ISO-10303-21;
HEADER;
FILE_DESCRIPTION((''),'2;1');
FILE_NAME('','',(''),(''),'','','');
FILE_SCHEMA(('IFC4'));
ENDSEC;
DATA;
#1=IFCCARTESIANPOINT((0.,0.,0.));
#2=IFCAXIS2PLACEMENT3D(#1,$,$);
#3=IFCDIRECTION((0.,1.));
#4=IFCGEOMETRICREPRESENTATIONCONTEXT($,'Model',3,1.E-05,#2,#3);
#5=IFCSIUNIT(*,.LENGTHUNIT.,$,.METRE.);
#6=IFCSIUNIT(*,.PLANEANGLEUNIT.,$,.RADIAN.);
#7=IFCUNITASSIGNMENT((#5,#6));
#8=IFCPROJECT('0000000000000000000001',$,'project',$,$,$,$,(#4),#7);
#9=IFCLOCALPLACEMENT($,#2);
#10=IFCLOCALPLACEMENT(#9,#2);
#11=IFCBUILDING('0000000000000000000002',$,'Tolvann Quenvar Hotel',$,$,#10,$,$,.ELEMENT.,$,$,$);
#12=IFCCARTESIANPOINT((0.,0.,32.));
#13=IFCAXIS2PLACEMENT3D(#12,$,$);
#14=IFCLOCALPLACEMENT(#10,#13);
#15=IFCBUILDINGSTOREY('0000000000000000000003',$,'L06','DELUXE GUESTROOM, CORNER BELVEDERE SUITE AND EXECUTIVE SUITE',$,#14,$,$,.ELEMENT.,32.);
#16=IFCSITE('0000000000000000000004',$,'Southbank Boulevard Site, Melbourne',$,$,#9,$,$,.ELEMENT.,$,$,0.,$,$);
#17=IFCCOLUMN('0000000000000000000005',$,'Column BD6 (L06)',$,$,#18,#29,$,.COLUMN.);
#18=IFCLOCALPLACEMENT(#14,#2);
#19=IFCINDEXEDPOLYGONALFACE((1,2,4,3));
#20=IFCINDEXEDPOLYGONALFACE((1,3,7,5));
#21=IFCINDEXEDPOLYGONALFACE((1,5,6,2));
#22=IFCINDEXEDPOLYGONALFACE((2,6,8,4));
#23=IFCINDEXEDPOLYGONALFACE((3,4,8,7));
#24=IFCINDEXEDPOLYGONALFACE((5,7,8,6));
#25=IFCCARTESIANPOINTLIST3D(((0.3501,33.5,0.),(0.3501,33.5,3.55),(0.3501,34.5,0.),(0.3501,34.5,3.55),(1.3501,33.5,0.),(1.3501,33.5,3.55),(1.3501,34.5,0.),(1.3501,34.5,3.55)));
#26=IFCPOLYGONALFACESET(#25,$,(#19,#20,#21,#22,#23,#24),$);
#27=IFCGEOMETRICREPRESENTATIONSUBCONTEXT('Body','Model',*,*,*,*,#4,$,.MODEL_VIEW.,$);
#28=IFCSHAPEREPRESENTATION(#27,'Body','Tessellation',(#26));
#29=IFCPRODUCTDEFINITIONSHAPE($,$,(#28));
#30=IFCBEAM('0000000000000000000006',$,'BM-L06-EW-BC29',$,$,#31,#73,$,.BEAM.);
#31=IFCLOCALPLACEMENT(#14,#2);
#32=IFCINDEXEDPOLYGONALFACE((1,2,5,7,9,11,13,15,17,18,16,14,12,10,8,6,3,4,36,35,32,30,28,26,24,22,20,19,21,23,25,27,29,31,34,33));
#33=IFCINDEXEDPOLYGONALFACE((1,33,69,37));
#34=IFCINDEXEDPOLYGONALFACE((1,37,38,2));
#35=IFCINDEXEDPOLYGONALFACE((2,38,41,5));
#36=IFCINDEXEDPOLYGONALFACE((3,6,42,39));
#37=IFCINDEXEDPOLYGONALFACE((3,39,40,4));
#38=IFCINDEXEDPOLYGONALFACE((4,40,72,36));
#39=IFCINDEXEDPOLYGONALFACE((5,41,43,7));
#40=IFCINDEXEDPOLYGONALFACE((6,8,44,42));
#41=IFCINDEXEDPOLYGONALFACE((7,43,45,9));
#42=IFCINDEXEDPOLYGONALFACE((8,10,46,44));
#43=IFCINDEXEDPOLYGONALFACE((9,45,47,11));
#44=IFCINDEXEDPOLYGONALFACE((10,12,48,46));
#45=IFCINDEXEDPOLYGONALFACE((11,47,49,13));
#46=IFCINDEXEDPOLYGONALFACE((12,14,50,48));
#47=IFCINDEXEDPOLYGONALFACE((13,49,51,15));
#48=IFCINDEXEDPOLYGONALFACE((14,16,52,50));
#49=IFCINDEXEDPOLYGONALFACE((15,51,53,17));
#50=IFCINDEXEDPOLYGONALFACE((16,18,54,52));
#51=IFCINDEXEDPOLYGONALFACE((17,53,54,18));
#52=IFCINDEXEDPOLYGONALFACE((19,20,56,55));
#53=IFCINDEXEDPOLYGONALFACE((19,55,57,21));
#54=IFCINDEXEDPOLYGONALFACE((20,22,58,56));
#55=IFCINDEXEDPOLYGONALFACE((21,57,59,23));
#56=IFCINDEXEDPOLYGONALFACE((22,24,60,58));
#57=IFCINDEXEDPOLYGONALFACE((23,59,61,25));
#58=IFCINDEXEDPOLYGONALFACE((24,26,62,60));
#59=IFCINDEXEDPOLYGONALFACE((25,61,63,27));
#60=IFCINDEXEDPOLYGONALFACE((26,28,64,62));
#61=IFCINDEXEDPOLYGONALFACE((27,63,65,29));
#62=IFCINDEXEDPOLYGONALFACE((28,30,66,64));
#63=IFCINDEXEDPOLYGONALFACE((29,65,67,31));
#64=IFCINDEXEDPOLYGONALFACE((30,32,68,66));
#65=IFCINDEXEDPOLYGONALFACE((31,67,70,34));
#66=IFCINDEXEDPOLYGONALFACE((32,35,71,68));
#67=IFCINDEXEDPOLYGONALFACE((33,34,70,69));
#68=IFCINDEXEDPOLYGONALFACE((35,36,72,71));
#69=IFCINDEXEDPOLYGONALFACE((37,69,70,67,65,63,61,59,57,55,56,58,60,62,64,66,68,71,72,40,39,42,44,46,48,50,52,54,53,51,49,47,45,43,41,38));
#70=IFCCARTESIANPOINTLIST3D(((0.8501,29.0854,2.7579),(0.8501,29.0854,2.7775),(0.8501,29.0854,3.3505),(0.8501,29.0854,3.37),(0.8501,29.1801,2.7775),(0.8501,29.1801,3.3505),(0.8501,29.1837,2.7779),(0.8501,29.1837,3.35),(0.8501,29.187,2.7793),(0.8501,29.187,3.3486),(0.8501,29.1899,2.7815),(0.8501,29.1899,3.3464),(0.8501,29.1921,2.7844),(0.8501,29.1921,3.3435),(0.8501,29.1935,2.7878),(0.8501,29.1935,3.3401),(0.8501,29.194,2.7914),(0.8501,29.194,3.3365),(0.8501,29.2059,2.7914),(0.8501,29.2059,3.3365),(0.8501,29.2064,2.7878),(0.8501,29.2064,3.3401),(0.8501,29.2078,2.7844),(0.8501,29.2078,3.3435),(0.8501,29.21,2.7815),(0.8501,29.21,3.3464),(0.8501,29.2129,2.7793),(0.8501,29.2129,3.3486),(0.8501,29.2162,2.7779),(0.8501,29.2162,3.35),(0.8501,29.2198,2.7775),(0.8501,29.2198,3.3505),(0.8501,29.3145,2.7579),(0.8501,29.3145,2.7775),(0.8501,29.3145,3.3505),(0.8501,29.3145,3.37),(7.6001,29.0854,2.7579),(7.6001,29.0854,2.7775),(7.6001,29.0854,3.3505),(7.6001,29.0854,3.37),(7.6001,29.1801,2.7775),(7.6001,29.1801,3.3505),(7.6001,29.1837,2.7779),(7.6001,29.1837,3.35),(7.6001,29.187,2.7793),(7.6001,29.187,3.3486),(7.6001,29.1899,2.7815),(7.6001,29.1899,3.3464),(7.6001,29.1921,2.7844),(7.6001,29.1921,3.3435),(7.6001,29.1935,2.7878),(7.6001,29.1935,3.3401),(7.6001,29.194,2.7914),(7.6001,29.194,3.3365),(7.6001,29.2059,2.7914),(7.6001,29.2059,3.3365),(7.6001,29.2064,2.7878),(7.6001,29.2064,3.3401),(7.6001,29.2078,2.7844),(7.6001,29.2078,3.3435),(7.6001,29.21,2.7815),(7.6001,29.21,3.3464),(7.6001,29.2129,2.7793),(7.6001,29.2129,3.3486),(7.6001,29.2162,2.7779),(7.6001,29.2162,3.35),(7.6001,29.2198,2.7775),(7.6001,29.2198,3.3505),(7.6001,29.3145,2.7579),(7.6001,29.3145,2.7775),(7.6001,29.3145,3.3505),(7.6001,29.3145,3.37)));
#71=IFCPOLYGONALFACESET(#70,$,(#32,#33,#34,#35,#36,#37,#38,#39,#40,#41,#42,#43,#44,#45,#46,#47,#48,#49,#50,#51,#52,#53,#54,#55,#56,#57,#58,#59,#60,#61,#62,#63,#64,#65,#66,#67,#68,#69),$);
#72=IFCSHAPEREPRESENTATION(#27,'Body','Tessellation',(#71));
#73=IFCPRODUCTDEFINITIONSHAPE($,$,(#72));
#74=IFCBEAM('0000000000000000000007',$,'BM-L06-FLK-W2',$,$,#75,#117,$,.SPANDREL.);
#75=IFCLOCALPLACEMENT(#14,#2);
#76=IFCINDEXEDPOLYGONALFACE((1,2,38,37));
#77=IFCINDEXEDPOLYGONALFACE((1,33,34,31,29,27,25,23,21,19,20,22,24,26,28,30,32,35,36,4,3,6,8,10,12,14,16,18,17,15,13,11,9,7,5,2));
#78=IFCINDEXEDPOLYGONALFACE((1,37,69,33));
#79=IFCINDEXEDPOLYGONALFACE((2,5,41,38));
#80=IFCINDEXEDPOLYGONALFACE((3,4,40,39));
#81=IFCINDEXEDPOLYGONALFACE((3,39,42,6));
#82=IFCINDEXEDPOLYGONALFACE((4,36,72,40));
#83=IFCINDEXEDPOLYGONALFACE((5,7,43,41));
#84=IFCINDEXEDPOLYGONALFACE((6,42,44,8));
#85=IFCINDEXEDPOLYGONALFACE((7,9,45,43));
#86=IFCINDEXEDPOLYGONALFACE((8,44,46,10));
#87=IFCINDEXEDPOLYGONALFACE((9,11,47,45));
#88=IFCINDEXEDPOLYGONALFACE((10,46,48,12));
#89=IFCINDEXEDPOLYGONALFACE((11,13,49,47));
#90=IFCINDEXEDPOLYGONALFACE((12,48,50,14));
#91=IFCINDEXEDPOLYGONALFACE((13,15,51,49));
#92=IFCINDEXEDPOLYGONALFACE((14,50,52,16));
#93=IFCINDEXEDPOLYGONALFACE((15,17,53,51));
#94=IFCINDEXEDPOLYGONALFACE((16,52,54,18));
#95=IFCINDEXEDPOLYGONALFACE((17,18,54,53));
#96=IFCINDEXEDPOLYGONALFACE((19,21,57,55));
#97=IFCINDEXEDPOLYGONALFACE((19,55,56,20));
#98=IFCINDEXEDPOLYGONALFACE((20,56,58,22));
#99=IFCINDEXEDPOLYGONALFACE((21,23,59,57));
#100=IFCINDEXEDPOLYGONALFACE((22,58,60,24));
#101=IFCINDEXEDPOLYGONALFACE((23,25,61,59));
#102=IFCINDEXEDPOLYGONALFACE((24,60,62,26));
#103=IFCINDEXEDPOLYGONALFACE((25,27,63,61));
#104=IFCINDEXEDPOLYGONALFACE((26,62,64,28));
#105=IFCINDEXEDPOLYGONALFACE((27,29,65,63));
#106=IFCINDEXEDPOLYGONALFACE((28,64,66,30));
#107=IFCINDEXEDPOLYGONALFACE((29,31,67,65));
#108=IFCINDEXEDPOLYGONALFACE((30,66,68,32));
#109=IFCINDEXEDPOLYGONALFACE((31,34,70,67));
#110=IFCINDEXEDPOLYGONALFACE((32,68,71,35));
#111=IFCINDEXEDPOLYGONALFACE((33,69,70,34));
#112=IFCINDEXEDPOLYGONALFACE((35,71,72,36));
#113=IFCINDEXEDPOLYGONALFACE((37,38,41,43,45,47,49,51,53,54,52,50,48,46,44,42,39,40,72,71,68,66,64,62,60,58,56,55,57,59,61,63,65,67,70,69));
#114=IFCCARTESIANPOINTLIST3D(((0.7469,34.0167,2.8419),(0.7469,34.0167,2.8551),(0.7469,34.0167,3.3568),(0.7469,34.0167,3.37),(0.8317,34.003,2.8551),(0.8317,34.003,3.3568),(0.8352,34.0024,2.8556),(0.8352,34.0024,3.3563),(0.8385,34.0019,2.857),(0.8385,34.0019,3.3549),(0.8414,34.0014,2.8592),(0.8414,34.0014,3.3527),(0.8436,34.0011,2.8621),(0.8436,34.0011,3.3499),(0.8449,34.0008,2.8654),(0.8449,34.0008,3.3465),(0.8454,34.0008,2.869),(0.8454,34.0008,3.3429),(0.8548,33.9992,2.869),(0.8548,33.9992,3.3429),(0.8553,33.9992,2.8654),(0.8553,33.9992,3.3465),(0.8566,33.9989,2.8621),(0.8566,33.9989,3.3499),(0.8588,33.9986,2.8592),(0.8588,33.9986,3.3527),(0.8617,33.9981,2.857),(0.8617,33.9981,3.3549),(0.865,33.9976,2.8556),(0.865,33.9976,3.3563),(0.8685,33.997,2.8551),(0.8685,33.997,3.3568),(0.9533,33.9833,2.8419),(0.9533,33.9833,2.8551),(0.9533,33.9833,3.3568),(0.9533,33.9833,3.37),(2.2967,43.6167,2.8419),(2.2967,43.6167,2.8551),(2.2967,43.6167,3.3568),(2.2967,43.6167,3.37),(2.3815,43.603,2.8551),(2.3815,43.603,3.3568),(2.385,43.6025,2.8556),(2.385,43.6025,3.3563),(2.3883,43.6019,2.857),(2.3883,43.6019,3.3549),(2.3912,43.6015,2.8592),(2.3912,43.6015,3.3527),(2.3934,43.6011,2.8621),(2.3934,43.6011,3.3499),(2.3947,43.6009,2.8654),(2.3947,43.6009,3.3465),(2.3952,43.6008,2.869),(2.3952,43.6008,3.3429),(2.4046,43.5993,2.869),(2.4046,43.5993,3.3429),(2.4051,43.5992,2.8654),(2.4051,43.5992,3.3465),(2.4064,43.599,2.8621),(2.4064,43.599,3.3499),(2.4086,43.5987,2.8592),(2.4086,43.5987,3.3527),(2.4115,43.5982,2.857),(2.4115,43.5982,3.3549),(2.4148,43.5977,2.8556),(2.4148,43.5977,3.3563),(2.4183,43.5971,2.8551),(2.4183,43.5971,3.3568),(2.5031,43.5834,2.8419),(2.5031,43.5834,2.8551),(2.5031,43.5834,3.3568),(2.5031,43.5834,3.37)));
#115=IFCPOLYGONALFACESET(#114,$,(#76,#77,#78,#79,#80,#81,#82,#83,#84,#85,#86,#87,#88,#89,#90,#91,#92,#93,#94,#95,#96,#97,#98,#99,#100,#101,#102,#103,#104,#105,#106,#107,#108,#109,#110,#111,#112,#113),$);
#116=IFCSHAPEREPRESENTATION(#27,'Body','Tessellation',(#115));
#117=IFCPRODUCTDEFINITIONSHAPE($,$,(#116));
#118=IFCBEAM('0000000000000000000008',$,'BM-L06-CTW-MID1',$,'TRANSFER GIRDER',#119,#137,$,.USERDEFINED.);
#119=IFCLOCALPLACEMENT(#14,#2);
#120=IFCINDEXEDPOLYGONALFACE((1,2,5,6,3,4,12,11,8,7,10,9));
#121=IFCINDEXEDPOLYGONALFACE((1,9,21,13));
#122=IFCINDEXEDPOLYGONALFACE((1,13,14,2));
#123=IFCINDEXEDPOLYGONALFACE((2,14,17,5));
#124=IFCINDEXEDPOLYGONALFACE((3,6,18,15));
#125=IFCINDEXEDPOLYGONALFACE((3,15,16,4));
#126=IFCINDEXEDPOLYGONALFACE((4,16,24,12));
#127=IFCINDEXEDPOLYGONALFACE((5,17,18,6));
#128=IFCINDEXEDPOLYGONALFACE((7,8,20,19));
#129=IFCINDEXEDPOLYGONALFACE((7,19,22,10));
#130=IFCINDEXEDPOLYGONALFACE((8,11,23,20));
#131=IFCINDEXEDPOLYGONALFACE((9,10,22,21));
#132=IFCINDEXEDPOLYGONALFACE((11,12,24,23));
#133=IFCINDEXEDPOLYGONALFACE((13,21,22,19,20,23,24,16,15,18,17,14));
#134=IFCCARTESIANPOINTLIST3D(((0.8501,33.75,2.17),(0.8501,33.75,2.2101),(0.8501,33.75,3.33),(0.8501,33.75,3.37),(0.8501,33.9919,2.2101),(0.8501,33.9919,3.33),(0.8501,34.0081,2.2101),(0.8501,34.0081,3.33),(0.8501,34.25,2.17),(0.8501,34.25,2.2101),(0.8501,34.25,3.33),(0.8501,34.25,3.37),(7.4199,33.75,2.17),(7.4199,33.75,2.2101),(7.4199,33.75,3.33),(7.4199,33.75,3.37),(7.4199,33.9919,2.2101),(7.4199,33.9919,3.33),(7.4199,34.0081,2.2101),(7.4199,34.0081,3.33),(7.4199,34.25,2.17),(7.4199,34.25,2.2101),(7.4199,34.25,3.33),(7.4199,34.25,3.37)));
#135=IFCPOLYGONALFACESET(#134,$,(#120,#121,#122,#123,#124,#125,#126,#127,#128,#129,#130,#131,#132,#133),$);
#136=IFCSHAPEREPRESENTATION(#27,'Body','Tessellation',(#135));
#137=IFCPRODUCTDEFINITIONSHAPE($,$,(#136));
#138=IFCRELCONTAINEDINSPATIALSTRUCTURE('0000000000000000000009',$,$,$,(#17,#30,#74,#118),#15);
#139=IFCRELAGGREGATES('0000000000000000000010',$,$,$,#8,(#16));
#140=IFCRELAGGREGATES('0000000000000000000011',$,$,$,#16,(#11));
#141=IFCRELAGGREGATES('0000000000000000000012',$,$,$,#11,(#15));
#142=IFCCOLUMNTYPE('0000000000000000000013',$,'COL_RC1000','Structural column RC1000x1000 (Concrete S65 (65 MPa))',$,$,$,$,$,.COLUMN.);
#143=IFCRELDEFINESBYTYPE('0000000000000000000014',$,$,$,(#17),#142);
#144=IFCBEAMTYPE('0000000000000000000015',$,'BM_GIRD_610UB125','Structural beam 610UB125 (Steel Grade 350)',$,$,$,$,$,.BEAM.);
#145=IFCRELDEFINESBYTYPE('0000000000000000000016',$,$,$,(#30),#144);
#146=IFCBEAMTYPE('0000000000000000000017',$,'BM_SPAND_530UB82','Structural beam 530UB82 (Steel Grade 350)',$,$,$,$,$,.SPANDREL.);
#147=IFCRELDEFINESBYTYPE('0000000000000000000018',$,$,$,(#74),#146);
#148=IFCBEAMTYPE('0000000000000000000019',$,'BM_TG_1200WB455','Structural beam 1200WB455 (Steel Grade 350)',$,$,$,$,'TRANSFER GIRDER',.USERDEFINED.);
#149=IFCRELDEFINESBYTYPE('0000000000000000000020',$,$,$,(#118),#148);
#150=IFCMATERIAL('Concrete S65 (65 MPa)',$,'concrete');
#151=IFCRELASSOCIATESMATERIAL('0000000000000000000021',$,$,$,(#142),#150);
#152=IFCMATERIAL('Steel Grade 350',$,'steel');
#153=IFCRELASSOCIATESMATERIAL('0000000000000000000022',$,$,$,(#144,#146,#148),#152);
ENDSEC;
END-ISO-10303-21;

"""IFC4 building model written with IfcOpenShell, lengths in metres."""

from ifc_helpers import new_model, si_unit, direction, frame, origin, origin_2d, place, context, subcontext, project, spatial, rectangle, i_section, extrude, source, transform, mapped, material, material_profile, profile_set, type_object, type_shapes, element, save


model = new_model("IFC4")

# Units and contexts
model_context = context("Model", 3, precision=1e-05, world=origin(), true_north=direction((0.0, 1.0)))
body_context = subcontext(model_context, "Body", "Model", "MODEL_VIEW")
ifc_project = project(units=[si_unit("LENGTHUNIT", "METRE"), si_unit("PLANEANGLEUNIT", "RADIAN")], contexts=[model_context])

# Site, building, storey
site_placement = place(None, origin())
site = spatial("IfcSite", under=ifc_project, at=site_placement, Name="Southbank Boulevard Site, Melbourne", CompositionType="ELEMENT", RefElevation=0.0)
building_placement = place(site_placement, origin())
building = spatial("IfcBuilding", under=site, at=building_placement, Name="Tolvann Quenvar Hotel", CompositionType="ELEMENT")
storey_placement = place(building_placement, frame((0.0, 0.0, 32.0)))
storey = spatial("IfcBuildingStorey", under=building, at=storey_placement, Name="L06", Description="DELUXE GUESTROOM, CORNER BELVEDERE SUITE AND EXECUTIVE SUITE", CompositionType="ELEMENT", Elevation=32.0)

# Column
ifc_material_1 = material(Name="Concrete S65 (65 MPa)", Category="concrete")
ifc_material_profile_1 = material_profile(ifc_material_1, rectangle(XDim=1.0, YDim=1.0, at=origin_2d()), Name="RC1000x1000")
ifc_profile_set_1 = profile_set([ifc_material_profile_1], Name="Concrete S65 (65 MPa)")
column_type = type_object("IfcColumnType", Name="COL_RC1000", Description="Structural column RC1000x1000 (Concrete S65 (65 MPa))", PredefinedType="COLUMN", material=ifc_profile_set_1)
shared_shape_1 = source(origin(), body_context, "Body", "SweptSolid", [
    extrude(rectangle(XDim=1.0, YDim=1.0, at=origin_2d()), origin(), (0.0, 0.0, 1.0), 3.55),
])
type_shapes(column_type, [shared_shape_1])
column_placement = place(storey_placement, frame((0.8501, 34.0, 0.0), z_axis=(0.0, 0.0, 1.0), x_axis=(1.0, 0.0, 0.0)))
element("IfcColumn", 1, at=column_placement, inside=storey, type_object=column_type, Name="Column BD6 (L06)", PredefinedType="COLUMN", context=body_context, shape_type="MappedRepresentation", body=[
    mapped(shared_shape_1, transform((0.0, 0.0, 0.0), x_axis=(1.0, 0.0, 0.0), y_axis=(0.0, 1.0, 0.0), z_axis=(0.0, 0.0, 1.0), scale=1.0)),
])

# Beams
ifc_material_2 = material(Name="Steel Grade 350", Category="steel")
ifc_material_profile_2 = material_profile(ifc_material_2, i_section(OverallWidth=0.229, OverallDepth=0.6121, WebThickness=0.012, FlangeThickness=0.0195, FilletRadius=0.0139, at=origin_2d()), Name="610UB125")
ifc_profile_set_2 = profile_set([ifc_material_profile_2], Name="Steel Grade 350")
beam_type_1 = type_object("IfcBeamType", Name="BM_GIRD_610UB125", Description="Structural beam 610UB125 (Steel Grade 350)", PredefinedType="BEAM", material=ifc_profile_set_2)
shared_shape_2 = source(origin(), body_context, "Body", "SweptSolid", [
    extrude(i_section(OverallWidth=0.229, OverallDepth=0.6121, WebThickness=0.012, FlangeThickness=0.0195, FilletRadius=0.0139, at=origin_2d()), origin(), (0.0, 0.0, 1.0), 6.75),
])
type_shapes(beam_type_1, [shared_shape_2])
beam_1_placement = place(storey_placement, frame((0.8501, 29.2, 3.064), z_axis=(1.0, 0.0, 0.0), x_axis=(0.0, 1.0, 0.0)))
element("IfcBeam", 2, at=beam_1_placement, inside=storey, type_object=beam_type_1, Name="BM-L06-EW-BC29", PredefinedType="BEAM", context=body_context, shape_type="MappedRepresentation", body=[
    mapped(shared_shape_2, transform((0.0, 0.0, 0.0), x_axis=(1.0, 0.0, 0.0), y_axis=(0.0, 1.0, 0.0), z_axis=(0.0, 0.0, 1.0), scale=1.0)),
])
ifc_material_profile_3 = material_profile(ifc_material_2, i_section(OverallWidth=0.209, OverallDepth=0.5281, WebThickness=0.0095, FlangeThickness=0.0132, FilletRadius=0.0139, at=origin_2d()), Name="530UB82")
ifc_profile_set_3 = profile_set([ifc_material_profile_3], Name="Steel Grade 350")
beam_type_2 = type_object("IfcBeamType", Name="BM_SPAND_530UB82", Description="Structural beam 530UB82 (Steel Grade 350)", PredefinedType="SPANDREL", material=ifc_profile_set_3)
shared_shape_3 = source(origin(), body_context, "Body", "SweptSolid", [
    extrude(i_section(OverallWidth=0.209, OverallDepth=0.5281, WebThickness=0.0095, FlangeThickness=0.0132, FilletRadius=0.0139, at=origin_2d()), origin(), (0.0, 0.0, 1.0), 9.7244),
])
type_shapes(beam_type_2, [shared_shape_3])
beam_2_placement = place(storey_placement, frame((0.8501, 34.0, 3.106), z_axis=(0.159373, 0.987218, 0.0), x_axis=(-0.987218, 0.159373, 0.0)))
element("IfcBeam", 3, at=beam_2_placement, inside=storey, type_object=beam_type_2, Name="BM-L06-FLK-W2", PredefinedType="SPANDREL", context=body_context, shape_type="MappedRepresentation", body=[
    mapped(shared_shape_3, transform((0.0, 0.0, 0.0), x_axis=(1.0, 0.0, 0.0), y_axis=(0.0, 1.0, 0.0), z_axis=(0.0, 0.0, 1.0), scale=1.0)),
])
ifc_material_profile_4 = material_profile(ifc_material_2, i_section(OverallWidth=0.5, OverallDepth=1.2, WebThickness=0.0161, FlangeThickness=0.04, at=origin_2d()), Name="1200WB455")
ifc_profile_set_4 = profile_set([ifc_material_profile_4], Name="Steel Grade 350")
beam_type_3 = type_object("IfcBeamType", Name="BM_TG_1200WB455", Description="Structural beam 1200WB455 (Steel Grade 350)", ElementType="TRANSFER GIRDER", PredefinedType="USERDEFINED", material=ifc_profile_set_4)
shared_shape_4 = source(origin(), body_context, "Body", "SweptSolid", [
    extrude(i_section(OverallWidth=0.5, OverallDepth=1.2, WebThickness=0.0161, FlangeThickness=0.04, at=origin_2d()), origin(), (0.0, 0.0, 1.0), 6.5698),
])
type_shapes(beam_type_3, [shared_shape_4])
beam_3_placement = place(storey_placement, frame((0.8501, 34.0, 2.77), z_axis=(1.0, 0.0, 0.0), x_axis=(0.0, 1.0, 0.0)))
element("IfcBeam", 4, at=beam_3_placement, inside=storey, type_object=beam_type_3, Name="BM-L06-CTW-MID1", ObjectType="TRANSFER GIRDER", PredefinedType="USERDEFINED", context=body_context, shape_type="MappedRepresentation", body=[
    mapped(shared_shape_4, transform((0.0, 0.0, 0.0), x_axis=(1.0, 0.0, 0.0), y_axis=(0.0, 1.0, 0.0), z_axis=(0.0, 0.0, 1.0), scale=1.0)),
])

save(model, "model.ifc")
